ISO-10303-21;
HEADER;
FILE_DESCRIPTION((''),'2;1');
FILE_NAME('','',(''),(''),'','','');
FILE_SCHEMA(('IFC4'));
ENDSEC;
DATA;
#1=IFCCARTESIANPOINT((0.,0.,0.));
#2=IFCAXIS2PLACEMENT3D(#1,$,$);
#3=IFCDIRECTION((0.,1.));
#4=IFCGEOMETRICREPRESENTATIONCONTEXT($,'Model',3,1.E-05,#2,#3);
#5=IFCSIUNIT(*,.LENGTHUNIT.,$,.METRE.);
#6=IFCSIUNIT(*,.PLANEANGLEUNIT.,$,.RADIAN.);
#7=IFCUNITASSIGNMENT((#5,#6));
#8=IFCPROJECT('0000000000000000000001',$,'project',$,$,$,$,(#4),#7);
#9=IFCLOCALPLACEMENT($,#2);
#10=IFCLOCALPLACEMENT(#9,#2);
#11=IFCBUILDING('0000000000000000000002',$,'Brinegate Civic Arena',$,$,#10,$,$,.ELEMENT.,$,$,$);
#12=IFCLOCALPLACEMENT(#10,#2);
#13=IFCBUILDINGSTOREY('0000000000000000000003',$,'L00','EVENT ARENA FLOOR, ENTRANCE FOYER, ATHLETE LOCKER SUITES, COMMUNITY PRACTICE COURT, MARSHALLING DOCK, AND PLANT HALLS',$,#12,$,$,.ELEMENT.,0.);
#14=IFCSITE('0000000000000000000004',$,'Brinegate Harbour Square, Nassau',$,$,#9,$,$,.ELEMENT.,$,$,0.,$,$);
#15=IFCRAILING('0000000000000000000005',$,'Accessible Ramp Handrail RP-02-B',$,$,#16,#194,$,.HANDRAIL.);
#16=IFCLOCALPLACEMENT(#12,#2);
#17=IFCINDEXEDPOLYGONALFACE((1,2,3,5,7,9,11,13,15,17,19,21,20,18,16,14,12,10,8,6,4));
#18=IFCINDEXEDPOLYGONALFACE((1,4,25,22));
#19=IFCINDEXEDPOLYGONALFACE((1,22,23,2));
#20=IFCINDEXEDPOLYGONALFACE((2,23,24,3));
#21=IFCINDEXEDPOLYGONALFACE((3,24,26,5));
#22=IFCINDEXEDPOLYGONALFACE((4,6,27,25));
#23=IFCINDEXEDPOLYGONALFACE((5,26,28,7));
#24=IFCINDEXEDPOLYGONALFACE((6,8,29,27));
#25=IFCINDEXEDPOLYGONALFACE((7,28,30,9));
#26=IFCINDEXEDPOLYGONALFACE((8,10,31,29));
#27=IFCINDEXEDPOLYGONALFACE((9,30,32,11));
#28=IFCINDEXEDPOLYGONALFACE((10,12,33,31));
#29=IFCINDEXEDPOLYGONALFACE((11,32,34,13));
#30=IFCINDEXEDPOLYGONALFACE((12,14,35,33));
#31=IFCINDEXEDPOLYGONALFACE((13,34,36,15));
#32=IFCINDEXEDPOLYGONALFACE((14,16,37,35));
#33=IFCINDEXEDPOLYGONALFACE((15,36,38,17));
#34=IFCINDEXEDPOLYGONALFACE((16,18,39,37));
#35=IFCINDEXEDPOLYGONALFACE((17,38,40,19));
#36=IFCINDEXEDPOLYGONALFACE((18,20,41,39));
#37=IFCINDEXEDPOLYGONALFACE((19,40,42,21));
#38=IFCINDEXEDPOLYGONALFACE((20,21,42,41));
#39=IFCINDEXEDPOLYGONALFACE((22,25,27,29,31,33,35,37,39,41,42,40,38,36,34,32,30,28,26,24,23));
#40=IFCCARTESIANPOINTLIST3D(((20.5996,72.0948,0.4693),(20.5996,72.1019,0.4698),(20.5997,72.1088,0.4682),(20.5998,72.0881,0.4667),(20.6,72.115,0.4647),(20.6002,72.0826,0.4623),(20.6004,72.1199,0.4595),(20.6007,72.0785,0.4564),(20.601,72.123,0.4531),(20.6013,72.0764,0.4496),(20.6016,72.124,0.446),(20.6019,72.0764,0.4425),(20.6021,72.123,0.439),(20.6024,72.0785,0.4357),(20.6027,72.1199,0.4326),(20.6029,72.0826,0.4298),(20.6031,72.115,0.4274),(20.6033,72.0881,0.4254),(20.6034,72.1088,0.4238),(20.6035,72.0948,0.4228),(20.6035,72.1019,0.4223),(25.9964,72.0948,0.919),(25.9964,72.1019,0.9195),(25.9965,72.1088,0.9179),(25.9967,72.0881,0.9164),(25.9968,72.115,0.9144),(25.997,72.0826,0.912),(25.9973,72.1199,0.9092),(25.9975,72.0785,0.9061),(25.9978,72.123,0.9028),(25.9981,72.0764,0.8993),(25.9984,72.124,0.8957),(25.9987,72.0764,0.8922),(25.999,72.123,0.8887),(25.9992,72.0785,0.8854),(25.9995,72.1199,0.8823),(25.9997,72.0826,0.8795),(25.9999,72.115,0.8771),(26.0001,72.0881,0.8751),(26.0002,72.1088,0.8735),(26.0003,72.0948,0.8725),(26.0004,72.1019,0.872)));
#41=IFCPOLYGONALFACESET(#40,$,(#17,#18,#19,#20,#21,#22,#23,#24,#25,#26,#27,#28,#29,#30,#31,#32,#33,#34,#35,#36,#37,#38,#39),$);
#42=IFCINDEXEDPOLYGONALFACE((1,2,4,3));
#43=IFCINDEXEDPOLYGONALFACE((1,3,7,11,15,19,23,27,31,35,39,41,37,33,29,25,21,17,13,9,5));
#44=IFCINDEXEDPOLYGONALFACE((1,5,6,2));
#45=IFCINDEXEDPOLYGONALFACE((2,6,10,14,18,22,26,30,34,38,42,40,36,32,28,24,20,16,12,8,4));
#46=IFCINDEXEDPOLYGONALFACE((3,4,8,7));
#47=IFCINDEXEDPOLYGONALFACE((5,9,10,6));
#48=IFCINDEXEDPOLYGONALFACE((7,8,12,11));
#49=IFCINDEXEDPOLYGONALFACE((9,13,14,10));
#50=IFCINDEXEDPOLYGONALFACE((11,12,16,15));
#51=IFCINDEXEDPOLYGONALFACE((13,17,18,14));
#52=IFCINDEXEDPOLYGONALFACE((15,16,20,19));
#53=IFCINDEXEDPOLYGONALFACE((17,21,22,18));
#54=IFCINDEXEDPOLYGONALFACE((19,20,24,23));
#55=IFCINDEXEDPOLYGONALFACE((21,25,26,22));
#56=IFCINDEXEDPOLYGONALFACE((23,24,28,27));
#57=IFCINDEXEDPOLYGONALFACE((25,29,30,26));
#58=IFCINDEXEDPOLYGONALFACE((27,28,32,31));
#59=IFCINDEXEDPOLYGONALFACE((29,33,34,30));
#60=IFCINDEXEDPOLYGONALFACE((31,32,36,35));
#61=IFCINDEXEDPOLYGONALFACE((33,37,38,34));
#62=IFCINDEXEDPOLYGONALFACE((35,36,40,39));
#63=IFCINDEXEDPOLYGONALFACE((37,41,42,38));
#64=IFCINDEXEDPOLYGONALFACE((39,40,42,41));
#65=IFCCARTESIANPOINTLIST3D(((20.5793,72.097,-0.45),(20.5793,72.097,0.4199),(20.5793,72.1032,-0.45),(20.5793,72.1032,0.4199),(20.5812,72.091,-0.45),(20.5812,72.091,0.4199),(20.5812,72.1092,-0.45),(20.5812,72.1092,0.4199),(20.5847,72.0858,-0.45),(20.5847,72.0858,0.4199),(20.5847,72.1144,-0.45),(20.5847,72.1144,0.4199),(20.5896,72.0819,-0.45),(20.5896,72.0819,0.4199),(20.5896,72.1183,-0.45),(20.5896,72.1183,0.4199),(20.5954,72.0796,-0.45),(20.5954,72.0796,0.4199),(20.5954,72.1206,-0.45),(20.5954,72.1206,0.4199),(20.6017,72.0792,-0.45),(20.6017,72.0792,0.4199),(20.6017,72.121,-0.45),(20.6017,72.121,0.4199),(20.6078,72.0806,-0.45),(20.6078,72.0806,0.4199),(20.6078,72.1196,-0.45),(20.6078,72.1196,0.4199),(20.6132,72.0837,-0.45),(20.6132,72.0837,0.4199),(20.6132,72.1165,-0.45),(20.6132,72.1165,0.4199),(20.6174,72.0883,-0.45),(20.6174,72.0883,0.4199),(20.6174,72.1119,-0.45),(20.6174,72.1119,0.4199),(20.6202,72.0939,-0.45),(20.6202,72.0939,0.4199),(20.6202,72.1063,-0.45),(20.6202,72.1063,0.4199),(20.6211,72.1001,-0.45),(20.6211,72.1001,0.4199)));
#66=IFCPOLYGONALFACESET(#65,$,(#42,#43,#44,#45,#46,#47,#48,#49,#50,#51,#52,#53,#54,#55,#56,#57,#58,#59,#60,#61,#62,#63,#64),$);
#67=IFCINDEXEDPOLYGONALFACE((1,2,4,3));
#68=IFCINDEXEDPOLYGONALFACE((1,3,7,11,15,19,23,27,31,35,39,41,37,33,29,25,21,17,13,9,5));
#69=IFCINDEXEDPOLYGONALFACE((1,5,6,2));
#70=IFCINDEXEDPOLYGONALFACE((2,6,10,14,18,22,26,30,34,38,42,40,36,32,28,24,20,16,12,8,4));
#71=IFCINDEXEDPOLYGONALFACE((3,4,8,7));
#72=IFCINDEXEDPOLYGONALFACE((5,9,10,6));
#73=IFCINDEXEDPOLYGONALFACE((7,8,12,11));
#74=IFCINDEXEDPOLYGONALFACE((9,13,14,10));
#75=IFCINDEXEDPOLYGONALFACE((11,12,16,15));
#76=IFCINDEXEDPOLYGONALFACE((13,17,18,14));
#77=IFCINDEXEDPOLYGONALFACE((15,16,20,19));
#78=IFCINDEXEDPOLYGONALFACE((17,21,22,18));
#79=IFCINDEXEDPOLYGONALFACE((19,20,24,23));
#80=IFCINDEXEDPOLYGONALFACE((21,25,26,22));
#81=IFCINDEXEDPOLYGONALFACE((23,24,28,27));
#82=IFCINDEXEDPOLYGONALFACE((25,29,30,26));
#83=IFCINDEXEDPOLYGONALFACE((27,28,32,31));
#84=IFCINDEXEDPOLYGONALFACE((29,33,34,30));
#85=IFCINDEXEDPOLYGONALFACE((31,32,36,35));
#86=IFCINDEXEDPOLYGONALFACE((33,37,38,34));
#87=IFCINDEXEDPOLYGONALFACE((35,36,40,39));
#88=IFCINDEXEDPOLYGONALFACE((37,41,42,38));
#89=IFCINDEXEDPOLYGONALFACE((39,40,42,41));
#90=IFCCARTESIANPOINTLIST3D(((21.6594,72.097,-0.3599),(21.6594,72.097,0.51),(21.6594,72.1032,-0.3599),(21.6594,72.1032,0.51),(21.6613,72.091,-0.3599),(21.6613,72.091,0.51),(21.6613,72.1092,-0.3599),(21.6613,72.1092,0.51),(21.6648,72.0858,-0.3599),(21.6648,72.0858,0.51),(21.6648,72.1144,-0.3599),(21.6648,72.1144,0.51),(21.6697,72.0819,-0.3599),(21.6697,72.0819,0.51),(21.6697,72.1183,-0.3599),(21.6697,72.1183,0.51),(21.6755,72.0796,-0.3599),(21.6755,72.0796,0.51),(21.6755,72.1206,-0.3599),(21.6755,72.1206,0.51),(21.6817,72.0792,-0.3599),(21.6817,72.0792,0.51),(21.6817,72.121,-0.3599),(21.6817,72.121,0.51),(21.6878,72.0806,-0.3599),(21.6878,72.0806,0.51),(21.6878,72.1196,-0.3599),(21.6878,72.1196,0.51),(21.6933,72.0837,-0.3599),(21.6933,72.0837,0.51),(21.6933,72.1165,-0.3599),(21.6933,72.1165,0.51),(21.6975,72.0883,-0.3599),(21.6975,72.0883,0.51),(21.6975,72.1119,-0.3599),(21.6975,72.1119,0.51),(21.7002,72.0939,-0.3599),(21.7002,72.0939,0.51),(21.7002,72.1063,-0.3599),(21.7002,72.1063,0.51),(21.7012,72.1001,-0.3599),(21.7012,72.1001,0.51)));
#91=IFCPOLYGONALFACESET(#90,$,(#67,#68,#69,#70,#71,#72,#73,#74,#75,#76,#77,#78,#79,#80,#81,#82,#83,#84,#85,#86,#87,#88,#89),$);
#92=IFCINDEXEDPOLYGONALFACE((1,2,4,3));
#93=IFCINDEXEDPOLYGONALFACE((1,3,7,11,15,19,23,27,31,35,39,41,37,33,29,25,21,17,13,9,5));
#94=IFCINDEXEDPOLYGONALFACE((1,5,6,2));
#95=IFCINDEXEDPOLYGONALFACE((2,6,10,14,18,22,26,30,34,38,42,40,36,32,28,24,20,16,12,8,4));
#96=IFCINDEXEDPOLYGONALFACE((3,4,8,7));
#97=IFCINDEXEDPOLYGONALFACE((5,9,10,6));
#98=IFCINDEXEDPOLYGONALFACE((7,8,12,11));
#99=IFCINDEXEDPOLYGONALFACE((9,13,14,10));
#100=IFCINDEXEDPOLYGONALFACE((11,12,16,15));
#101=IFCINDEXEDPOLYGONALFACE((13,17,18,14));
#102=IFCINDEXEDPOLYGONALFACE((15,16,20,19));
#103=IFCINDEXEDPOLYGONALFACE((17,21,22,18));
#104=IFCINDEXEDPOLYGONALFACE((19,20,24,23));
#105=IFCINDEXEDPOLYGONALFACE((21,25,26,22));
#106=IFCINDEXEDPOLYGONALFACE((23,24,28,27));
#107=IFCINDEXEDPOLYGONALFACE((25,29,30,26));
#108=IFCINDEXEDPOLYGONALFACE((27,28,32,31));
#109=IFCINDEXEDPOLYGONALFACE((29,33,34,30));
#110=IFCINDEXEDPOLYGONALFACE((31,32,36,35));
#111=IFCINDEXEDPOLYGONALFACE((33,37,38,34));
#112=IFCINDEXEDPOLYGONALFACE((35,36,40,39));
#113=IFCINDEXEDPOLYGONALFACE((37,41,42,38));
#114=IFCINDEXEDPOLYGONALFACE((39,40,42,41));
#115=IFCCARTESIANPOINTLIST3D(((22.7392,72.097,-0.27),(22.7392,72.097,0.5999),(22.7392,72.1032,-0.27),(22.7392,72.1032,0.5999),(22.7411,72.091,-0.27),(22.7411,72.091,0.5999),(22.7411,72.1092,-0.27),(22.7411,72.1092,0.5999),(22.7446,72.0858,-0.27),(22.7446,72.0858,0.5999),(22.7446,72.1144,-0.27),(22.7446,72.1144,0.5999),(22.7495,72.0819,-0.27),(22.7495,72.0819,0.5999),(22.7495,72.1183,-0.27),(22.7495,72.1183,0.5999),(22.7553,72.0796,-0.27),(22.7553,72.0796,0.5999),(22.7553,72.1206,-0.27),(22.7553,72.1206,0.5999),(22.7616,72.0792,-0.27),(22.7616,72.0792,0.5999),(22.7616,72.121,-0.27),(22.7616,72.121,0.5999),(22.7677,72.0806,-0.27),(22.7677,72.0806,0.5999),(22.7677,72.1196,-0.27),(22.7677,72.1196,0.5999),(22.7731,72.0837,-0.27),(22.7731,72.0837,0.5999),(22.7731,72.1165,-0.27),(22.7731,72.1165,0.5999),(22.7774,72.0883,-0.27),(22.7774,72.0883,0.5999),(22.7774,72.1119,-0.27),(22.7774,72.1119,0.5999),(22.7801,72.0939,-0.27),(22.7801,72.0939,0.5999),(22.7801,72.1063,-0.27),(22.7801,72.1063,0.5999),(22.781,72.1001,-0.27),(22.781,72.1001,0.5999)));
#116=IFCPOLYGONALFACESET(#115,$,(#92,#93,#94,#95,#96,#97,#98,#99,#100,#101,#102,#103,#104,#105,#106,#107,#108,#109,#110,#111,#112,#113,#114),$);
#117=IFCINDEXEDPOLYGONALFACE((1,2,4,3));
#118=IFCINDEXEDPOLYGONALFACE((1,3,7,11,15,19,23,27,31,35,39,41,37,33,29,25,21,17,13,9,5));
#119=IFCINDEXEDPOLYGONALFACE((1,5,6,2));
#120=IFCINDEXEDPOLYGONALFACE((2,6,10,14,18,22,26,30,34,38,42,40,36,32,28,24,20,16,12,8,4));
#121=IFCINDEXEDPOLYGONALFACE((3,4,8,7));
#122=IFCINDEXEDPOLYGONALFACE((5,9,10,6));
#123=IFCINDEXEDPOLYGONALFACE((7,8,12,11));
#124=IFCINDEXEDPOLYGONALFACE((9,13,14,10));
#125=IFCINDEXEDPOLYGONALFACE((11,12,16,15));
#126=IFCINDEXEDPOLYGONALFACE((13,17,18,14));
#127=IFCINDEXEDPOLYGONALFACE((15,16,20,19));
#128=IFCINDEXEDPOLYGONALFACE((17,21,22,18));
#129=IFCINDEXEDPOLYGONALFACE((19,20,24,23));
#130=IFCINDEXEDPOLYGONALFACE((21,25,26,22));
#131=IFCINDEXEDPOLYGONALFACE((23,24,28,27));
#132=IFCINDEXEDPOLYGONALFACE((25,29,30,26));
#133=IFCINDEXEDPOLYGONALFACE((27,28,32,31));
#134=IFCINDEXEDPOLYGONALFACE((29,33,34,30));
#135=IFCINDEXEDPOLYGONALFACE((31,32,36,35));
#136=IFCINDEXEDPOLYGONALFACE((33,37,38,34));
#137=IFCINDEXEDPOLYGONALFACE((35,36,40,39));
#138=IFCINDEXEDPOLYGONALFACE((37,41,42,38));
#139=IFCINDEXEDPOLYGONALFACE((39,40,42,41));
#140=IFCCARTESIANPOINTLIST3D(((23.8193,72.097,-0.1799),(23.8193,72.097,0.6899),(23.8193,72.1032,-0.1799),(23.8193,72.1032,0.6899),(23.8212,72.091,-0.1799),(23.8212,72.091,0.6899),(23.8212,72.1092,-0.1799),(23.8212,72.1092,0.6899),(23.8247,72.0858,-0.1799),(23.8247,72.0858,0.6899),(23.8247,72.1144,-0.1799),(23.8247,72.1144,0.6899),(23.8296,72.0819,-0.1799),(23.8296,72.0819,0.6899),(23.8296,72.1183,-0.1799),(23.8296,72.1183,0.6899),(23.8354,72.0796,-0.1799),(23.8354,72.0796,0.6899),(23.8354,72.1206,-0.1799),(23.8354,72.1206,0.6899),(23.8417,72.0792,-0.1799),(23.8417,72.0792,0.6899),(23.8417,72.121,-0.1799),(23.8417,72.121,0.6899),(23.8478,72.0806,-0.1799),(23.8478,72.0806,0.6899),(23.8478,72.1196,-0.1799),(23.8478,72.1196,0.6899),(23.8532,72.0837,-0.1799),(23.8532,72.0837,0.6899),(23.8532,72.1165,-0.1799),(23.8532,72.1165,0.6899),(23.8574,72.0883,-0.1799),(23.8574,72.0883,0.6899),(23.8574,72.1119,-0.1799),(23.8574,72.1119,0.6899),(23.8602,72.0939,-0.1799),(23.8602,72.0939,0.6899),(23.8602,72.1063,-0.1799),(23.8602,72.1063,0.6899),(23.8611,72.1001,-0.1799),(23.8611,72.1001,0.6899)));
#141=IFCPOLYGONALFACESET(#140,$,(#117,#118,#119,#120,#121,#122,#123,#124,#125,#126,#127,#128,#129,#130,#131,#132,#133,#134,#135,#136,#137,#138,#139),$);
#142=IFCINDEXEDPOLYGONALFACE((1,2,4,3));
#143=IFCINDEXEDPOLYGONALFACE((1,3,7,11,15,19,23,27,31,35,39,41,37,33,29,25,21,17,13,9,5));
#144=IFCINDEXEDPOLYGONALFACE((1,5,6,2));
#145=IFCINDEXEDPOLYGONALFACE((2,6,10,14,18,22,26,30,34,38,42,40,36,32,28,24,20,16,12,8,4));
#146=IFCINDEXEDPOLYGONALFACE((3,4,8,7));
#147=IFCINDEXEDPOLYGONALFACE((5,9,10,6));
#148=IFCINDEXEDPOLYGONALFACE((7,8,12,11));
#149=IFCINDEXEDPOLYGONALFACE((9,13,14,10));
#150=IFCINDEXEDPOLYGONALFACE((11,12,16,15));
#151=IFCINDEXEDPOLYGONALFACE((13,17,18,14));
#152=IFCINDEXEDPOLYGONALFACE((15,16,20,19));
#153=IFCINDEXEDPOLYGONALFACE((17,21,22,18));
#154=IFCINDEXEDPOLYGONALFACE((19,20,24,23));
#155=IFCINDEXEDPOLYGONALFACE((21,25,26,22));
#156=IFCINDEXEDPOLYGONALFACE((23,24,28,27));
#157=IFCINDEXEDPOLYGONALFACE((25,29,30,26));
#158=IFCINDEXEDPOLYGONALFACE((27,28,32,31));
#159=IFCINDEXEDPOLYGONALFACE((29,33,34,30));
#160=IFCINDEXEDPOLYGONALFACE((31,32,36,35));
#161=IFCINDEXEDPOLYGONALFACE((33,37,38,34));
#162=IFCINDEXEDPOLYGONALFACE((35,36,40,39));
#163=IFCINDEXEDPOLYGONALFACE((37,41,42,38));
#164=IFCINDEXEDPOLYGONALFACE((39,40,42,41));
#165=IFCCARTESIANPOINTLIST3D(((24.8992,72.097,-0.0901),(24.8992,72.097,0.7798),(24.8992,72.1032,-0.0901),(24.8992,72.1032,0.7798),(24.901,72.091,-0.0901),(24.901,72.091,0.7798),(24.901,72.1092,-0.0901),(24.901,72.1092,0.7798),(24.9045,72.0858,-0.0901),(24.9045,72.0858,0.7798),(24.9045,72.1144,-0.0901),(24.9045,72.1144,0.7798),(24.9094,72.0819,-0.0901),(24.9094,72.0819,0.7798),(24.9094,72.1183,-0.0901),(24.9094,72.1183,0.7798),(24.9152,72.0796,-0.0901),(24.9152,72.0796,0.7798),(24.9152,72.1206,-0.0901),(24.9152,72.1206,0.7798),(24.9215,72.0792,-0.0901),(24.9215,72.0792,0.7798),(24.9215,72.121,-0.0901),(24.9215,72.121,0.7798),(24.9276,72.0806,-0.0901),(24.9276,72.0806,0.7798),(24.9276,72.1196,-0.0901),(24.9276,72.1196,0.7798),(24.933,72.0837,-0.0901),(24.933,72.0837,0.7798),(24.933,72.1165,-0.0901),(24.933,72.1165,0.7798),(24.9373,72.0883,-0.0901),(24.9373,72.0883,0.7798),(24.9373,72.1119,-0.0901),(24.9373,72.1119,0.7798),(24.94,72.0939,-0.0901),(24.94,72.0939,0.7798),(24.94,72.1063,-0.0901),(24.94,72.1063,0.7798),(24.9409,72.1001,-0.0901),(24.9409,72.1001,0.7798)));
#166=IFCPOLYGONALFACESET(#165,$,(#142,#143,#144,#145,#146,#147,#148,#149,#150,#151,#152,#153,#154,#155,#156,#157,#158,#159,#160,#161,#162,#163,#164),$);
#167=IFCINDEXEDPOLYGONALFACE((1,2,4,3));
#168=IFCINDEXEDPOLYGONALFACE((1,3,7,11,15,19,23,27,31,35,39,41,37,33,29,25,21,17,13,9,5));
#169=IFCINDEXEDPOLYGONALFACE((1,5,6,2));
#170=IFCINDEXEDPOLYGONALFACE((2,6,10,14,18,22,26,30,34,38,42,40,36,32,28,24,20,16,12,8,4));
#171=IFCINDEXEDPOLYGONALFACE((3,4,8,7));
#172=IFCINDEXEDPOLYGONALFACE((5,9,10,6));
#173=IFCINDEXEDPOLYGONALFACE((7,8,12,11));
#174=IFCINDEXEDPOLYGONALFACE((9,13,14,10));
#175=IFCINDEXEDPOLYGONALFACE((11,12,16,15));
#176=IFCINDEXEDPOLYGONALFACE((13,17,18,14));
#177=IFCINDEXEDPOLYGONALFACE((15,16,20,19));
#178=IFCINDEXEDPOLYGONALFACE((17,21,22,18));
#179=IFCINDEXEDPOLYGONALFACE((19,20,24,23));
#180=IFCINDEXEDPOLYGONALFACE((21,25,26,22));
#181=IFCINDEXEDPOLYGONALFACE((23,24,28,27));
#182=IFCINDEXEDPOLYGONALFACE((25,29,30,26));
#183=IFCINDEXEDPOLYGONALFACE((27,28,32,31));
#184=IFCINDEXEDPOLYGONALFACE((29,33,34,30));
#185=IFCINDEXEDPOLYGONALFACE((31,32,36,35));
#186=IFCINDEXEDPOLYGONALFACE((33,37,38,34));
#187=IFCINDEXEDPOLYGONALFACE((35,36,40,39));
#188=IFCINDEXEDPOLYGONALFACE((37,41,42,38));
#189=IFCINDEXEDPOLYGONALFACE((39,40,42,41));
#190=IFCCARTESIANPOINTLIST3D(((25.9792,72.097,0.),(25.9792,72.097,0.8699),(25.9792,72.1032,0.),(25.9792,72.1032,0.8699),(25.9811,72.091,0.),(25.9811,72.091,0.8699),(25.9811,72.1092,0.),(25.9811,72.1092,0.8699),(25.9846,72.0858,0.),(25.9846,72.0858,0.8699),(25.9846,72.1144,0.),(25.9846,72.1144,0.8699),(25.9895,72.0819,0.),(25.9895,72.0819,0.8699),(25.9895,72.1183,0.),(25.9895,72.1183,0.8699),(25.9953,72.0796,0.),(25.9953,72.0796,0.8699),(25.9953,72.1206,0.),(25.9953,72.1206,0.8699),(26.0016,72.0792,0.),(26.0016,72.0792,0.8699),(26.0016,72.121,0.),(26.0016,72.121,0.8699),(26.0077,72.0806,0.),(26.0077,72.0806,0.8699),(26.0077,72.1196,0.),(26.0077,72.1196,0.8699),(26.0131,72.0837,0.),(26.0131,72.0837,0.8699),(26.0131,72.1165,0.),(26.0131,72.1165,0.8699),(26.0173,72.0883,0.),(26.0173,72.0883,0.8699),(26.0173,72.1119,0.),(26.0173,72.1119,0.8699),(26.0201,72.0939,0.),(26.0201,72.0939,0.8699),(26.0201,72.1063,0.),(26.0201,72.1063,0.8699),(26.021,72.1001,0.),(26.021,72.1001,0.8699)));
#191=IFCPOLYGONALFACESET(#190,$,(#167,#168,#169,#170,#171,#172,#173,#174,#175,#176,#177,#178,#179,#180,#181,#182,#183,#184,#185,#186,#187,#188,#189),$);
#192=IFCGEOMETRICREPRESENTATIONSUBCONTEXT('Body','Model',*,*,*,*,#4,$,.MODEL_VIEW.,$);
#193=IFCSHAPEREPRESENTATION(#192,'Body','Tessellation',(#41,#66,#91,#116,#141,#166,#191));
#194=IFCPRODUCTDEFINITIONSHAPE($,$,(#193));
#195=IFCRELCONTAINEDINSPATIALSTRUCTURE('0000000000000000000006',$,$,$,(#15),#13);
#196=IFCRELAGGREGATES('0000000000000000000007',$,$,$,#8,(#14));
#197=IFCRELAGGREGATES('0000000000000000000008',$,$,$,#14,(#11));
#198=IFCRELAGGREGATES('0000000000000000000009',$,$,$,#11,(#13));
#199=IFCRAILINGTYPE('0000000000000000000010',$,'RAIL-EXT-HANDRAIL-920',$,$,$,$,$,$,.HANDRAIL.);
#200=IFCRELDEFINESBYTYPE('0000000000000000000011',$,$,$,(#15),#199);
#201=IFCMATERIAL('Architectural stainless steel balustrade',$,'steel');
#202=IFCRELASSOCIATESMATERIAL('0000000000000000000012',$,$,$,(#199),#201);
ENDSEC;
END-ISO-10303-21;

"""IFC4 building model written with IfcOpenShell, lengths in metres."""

from ifc_helpers import new_model, si_unit, direction, frame, origin, origin_2d, place, context, subcontext, project, spatial, circle, extrude, material, type_object, element, save


model = new_model("IFC4")

# Units and contexts
model_context = context("Model", 3, precision=1e-05, world=origin(), true_north=direction((0.0, 1.0)))
body_context = subcontext(model_context, "Body", "Model", "MODEL_VIEW")
ifc_project = project(units=[si_unit("LENGTHUNIT", "METRE"), si_unit("PLANEANGLEUNIT", "RADIAN")], contexts=[model_context])

# Site, building, storey
site_placement = place(None, origin())
site = spatial("IfcSite", under=ifc_project, at=site_placement, Name="Brinegate Harbour Square, Nassau", CompositionType="ELEMENT", RefElevation=0.0)
building_placement = place(site_placement, origin())
building = spatial("IfcBuilding", under=site, at=building_placement, Name="Brinegate Civic Arena", CompositionType="ELEMENT")
storey_placement = place(building_placement, origin())
storey = spatial("IfcBuildingStorey", under=building, at=storey_placement, Name="L00", Description="EVENT ARENA FLOOR, ENTRANCE FOYER, ATHLETE LOCKER SUITES, COMMUNITY PRACTICE COURT, MARSHALLING DOCK, AND PLANT HALLS", CompositionType="ELEMENT", Elevation=0.0)

# Railing
ifc_material_1 = material(Name="Architectural stainless steel balustrade", Category="steel")
railing_type = type_object("IfcRailingType", Name="RAIL-EXT-HANDRAIL-920", PredefinedType="HANDRAIL", material=ifc_material_1)
for number, where, name in (
    (1, (20.6001, 72.1001, -0.45), "Accessible Ramp Handrail RP-02-B"),
):
    element("IfcRailing", number, at=place(storey_placement, frame(where)), inside=storey, type_object=railing_type, Name=name, PredefinedType="HANDRAIL", context=body_context, shape_type="SweptSolid", body=[
        extrude(circle(Radius=0.0239, at=origin_2d()), frame((0.0015, 0.0, 0.896), z_axis=(0.996546, 0.0, 0.083038), x_axis=(0.0, 1.0, 0.0)), (0.0, 0.0, 1.0), 5.4155),
        extrude(circle(Radius=0.021, at=origin_2d()), origin(), (0.0, 0.0, 1.0), 0.8699),
        extrude(circle(Radius=0.021, at=origin_2d()), frame((1.0801, 0.0, 0.0901)), (0.0, 0.0, 1.0), 0.8699),
        extrude(circle(Radius=0.021, at=origin_2d()), frame((2.1599, 0.0, 0.1799)), (0.0, 0.0, 1.0), 0.8699),
        extrude(circle(Radius=0.021, at=origin_2d()), frame((3.24, 0.0, 0.27)), (0.0, 0.0, 1.0), 0.8699),
        extrude(circle(Radius=0.021, at=origin_2d()), frame((4.3198, 0.0, 0.3599)), (0.0, 0.0, 1.0), 0.8699),
        extrude(circle(Radius=0.021, at=origin_2d()), frame((5.3999, 0.0, 0.45)), (0.0, 0.0, 1.0), 0.8699),
    ])

save(model, "model.ifc")
